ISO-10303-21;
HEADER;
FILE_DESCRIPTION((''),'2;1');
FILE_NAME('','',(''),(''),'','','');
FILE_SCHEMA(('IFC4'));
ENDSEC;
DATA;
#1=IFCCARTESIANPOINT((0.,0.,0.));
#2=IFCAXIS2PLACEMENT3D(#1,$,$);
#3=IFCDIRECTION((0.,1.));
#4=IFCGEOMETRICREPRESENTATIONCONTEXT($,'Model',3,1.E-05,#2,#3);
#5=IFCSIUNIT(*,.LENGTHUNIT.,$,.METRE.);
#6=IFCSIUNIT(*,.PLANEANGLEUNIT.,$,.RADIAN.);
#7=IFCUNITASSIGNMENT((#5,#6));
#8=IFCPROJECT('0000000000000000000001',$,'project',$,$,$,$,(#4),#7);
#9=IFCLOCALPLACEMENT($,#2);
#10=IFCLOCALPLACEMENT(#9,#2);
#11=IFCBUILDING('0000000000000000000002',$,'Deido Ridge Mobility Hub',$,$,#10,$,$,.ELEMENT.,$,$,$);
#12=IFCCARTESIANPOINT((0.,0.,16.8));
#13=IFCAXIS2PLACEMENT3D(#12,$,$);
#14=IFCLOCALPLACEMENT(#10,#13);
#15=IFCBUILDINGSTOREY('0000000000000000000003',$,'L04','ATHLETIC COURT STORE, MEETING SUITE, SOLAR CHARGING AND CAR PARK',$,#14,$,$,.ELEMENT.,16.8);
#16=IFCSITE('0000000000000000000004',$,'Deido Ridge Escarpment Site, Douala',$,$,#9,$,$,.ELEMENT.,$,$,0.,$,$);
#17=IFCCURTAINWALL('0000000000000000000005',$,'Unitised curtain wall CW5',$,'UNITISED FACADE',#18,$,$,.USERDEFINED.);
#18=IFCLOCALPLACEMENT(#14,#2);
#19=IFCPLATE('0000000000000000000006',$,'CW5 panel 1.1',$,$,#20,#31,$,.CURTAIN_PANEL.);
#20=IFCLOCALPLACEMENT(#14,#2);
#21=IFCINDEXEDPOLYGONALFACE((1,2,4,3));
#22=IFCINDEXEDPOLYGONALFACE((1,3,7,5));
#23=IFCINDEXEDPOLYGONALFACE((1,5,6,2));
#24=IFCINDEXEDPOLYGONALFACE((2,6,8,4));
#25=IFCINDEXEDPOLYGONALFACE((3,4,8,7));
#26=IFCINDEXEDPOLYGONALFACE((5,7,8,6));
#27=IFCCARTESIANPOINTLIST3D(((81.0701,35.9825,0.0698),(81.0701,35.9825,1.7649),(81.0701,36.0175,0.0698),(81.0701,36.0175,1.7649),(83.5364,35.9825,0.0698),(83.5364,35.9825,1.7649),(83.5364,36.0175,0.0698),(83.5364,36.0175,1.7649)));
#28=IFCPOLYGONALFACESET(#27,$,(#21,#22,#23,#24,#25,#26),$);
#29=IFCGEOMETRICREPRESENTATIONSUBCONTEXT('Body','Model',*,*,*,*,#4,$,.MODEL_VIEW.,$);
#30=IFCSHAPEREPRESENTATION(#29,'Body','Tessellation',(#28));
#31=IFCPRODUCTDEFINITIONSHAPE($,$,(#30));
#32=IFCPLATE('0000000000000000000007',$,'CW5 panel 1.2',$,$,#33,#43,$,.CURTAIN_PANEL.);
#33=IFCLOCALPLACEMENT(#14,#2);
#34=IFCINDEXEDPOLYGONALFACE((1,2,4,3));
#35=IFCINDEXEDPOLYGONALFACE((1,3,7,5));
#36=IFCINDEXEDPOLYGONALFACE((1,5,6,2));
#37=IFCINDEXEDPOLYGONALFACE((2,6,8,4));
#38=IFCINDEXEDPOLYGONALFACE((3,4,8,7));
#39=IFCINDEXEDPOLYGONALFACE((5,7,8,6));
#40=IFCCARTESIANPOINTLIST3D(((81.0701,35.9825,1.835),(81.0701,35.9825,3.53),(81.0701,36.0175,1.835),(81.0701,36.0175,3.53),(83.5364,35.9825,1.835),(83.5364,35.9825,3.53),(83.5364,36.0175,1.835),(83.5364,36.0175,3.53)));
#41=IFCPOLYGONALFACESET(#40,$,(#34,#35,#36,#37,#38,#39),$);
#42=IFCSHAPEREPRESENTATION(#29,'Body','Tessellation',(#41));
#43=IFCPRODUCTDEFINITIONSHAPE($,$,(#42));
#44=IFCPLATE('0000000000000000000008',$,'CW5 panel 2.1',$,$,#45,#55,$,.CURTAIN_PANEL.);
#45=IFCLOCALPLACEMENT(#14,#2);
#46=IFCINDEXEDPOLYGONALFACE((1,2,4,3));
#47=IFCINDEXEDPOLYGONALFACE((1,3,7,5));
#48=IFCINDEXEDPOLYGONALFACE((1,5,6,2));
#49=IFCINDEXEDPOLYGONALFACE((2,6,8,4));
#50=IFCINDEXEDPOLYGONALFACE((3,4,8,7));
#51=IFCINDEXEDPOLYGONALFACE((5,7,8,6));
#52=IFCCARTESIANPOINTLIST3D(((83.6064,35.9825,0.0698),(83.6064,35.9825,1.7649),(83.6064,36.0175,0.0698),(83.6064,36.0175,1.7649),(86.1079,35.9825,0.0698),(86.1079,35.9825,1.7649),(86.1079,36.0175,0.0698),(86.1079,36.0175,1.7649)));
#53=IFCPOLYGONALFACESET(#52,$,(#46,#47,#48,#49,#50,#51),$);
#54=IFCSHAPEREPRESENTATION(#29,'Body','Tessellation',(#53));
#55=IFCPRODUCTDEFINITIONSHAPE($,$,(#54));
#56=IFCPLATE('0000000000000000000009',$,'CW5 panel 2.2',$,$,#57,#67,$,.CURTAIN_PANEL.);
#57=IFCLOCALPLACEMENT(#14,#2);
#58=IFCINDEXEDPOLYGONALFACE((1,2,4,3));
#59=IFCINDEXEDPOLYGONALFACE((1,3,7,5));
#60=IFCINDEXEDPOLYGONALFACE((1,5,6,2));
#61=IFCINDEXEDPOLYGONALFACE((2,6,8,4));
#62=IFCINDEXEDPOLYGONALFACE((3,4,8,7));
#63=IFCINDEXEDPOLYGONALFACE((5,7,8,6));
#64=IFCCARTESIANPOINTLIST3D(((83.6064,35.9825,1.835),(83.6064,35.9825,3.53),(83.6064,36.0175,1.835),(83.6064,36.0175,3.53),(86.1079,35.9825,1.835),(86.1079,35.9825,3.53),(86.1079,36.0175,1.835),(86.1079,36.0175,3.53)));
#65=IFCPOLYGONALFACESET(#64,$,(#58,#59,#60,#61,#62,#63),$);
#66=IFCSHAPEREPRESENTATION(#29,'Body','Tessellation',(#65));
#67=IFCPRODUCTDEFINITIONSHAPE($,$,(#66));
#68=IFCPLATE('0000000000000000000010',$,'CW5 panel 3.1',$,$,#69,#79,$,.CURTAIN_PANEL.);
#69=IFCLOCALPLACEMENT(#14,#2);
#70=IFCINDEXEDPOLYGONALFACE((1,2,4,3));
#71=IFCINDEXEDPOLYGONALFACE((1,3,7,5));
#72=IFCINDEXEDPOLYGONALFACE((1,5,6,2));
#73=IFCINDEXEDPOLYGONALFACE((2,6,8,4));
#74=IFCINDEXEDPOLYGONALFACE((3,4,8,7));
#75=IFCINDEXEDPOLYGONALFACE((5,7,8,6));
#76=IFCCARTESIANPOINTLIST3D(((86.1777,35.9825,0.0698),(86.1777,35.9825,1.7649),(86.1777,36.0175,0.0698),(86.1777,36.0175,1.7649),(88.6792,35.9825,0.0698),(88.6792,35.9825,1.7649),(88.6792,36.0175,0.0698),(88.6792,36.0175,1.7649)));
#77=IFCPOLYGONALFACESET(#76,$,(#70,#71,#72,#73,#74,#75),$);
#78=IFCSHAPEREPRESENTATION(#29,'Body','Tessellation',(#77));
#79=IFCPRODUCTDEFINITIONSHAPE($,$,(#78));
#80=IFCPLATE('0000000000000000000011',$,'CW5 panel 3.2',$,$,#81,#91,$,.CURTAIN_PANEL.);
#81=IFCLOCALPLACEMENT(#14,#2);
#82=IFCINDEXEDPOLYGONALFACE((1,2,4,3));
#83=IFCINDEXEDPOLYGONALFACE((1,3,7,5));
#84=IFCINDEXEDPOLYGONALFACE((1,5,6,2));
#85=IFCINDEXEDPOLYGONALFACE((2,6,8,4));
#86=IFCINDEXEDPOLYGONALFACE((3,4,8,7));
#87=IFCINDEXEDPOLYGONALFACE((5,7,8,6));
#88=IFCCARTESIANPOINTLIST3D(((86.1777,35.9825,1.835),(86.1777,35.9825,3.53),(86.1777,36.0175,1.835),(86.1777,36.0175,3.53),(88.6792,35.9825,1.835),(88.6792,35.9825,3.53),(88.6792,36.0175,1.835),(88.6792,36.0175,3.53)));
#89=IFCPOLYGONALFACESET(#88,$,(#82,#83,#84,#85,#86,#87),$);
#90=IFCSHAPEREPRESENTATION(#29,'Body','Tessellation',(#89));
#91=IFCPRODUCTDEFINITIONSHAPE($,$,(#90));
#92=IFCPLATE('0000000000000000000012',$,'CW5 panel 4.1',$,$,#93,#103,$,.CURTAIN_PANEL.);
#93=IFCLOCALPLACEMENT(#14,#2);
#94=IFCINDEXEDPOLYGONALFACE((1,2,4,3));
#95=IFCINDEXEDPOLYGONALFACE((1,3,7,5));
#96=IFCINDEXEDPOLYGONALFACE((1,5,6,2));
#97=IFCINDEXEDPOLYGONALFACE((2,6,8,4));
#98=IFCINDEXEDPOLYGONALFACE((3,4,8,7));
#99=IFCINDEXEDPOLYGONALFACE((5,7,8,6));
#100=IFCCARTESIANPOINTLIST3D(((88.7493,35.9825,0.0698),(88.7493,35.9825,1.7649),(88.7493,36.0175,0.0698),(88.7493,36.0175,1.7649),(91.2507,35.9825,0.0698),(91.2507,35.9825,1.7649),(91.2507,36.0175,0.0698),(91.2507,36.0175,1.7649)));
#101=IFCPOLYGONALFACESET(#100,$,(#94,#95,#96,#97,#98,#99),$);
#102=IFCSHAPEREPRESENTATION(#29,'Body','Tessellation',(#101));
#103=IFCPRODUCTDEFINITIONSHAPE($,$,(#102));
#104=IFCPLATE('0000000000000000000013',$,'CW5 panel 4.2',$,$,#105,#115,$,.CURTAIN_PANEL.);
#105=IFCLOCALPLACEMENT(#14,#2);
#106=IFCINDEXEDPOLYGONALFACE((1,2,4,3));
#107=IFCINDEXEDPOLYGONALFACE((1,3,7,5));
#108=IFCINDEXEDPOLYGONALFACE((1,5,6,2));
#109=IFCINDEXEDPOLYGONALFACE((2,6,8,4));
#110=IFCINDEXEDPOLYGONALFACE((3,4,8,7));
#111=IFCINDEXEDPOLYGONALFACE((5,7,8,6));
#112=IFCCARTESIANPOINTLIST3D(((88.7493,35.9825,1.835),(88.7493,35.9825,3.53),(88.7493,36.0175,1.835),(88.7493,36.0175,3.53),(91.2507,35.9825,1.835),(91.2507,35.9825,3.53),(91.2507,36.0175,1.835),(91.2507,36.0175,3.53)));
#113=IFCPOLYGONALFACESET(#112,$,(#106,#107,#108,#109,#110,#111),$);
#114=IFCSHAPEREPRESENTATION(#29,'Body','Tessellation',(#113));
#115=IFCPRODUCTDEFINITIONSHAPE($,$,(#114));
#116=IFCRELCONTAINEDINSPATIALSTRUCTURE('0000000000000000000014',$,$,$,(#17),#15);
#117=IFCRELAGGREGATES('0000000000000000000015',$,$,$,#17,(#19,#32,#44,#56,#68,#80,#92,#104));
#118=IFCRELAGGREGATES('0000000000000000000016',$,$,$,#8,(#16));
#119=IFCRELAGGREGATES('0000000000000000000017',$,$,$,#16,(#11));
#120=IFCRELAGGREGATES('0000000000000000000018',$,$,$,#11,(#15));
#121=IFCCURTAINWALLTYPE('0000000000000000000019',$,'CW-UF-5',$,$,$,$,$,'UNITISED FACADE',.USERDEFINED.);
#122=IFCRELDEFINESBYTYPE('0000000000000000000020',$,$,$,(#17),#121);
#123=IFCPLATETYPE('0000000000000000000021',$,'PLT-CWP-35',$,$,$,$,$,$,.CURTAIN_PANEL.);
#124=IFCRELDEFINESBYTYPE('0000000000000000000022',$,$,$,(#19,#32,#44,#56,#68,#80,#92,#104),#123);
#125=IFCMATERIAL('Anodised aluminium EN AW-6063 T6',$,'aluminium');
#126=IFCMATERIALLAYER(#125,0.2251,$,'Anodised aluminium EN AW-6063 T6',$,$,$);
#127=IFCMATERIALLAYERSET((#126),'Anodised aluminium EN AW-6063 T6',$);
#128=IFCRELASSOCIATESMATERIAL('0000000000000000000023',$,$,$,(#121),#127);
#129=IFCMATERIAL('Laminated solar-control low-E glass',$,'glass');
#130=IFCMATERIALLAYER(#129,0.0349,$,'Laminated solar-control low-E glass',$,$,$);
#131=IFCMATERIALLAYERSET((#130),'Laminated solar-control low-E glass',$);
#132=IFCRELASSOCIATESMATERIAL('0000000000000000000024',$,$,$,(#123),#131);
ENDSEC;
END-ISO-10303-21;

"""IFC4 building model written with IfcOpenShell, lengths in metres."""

from ifc_helpers import new_model, si_unit, direction, frame, origin, origin_2d, place, context, subcontext, project, spatial, rectangle, extrude, material, layer, layer_set, type_object, element, aggregate, save


model = new_model("IFC4")

# Units and contexts
model_context = context("Model", 3, precision=1e-05, world=origin(), true_north=direction((0.0, 1.0)))
body_context = subcontext(model_context, "Body", "Model", "MODEL_VIEW")
ifc_project = project(units=[si_unit("LENGTHUNIT", "METRE"), si_unit("PLANEANGLEUNIT", "RADIAN")], contexts=[model_context])

# Site, building, storey
site_placement = place(None, origin())
site = spatial("IfcSite", under=ifc_project, at=site_placement, Name="Deido Ridge Escarpment Site, Douala", CompositionType="ELEMENT", RefElevation=0.0)
building_placement = place(site_placement, origin())
building = spatial("IfcBuilding", under=site, at=building_placement, Name="Deido Ridge Mobility Hub", CompositionType="ELEMENT")
storey_placement = place(building_placement, frame((0.0, 0.0, 16.8)))
storey = spatial("IfcBuildingStorey", under=building, at=storey_placement, Name="L04", Description="ATHLETIC COURT STORE, MEETING SUITE, SOLAR CHARGING AND CAR PARK", CompositionType="ELEMENT", Elevation=16.8)

# Curtain wall
ifc_material_1 = material(Name="Anodised aluminium EN AW-6063 T6", Category="aluminium")
ifc_layer_1 = layer(ifc_material_1, 0.2251, Name="Anodised aluminium EN AW-6063 T6")
ifc_layer_set_1 = layer_set([ifc_layer_1], Name="Anodised aluminium EN AW-6063 T6")
curtain_wall_type = type_object("IfcCurtainWallType", Name="CW-UF-5", ElementType="UNITISED FACADE", PredefinedType="USERDEFINED", material=ifc_layer_set_1)
curtain_wall_placement = place(storey_placement, origin())
curtain_wall = element("IfcCurtainWall", 1, at=curtain_wall_placement, inside=storey, type_object=curtain_wall_type, Name="Unitised curtain wall CW5", ObjectType="UNITISED FACADE", PredefinedType="USERDEFINED")

# Plates
ifc_material_2 = material(Name="Laminated solar-control low-E glass", Category="glass")
ifc_layer_2 = layer(ifc_material_2, 0.0349, Name="Laminated solar-control low-E glass")
ifc_layer_set_2 = layer_set([ifc_layer_2], Name="Laminated solar-control low-E glass")
plate_type = type_object("IfcPlateType", Name="PLT-CWP-35", PredefinedType="CURTAIN_PANEL", material=ifc_layer_set_2)
plate_1_placement = place(storey_placement, frame((82.3032, 36.0, 0.0698), z_axis=(0.0, 0.0, 1.0), x_axis=(1.0, 0.0, 0.0)))
plate_1 = element("IfcPlate", 2, at=plate_1_placement, type_object=plate_type, Name="CW5 panel 1.1", PredefinedType="CURTAIN_PANEL", context=body_context, shape_type="SweptSolid", body=[
    extrude(rectangle(XDim=2.4663, YDim=0.0349, at=origin_2d()), origin(), (0.0, 0.0, 1.0), 1.6951),
])
plate_2_placement = place(storey_placement, frame((82.3032, 36.0, 1.835), z_axis=(0.0, 0.0, 1.0), x_axis=(1.0, 0.0, 0.0)))
plate_2 = element("IfcPlate", 3, at=plate_2_placement, type_object=plate_type, Name="CW5 panel 1.2", PredefinedType="CURTAIN_PANEL", context=body_context, shape_type="SweptSolid", body=[
    extrude(rectangle(XDim=2.4663, YDim=0.0349, at=origin_2d()), origin(), (0.0, 0.0, 1.0), 1.6951),
])
plate_3_placement = place(storey_placement, frame((84.8572, 36.0, 0.0698), z_axis=(0.0, 0.0, 1.0), x_axis=(1.0, 0.0, 0.0)))
plate_3 = element("IfcPlate", 4, at=plate_3_placement, type_object=plate_type, Name="CW5 panel 2.1", PredefinedType="CURTAIN_PANEL", context=body_context, shape_type="SweptSolid", body=[
    extrude(rectangle(XDim=2.5015, YDim=0.0349, at=origin_2d()), origin(), (0.0, 0.0, 1.0), 1.6951),
])
plate_4_placement = place(storey_placement, frame((84.8572, 36.0, 1.835), z_axis=(0.0, 0.0, 1.0), x_axis=(1.0, 0.0, 0.0)))
plate_4 = element("IfcPlate", 5, at=plate_4_placement, type_object=plate_type, Name="CW5 panel 2.2", PredefinedType="CURTAIN_PANEL", context=body_context, shape_type="SweptSolid", body=[
    extrude(rectangle(XDim=2.5015, YDim=0.0349, at=origin_2d()), origin(), (0.0, 0.0, 1.0), 1.6951),
])
plate_5_placement = place(storey_placement, frame((87.4285, 36.0, 0.0698), z_axis=(0.0, 0.0, 1.0), x_axis=(1.0, 0.0, 0.0)))
plate_5 = element("IfcPlate", 6, at=plate_5_placement, type_object=plate_type, Name="CW5 panel 3.1", PredefinedType="CURTAIN_PANEL", context=body_context, shape_type="SweptSolid", body=[
    extrude(rectangle(XDim=2.5015, YDim=0.0349, at=origin_2d()), origin(), (0.0, 0.0, 1.0), 1.6951),
])
plate_6_placement = place(storey_placement, frame((87.4285, 36.0, 1.835), z_axis=(0.0, 0.0, 1.0), x_axis=(1.0, 0.0, 0.0)))
plate_6 = element("IfcPlate", 7, at=plate_6_placement, type_object=plate_type, Name="CW5 panel 3.2", PredefinedType="CURTAIN_PANEL", context=body_context, shape_type="SweptSolid", body=[
    extrude(rectangle(XDim=2.5015, YDim=0.0349, at=origin_2d()), origin(), (0.0, 0.0, 1.0), 1.6951),
])
plate_7_placement = place(storey_placement, frame((90.0, 36.0, 0.0698), z_axis=(0.0, 0.0, 1.0), x_axis=(1.0, 0.0, 0.0)))
plate_7 = element("IfcPlate", 8, at=plate_7_placement, type_object=plate_type, Name="CW5 panel 4.1", PredefinedType="CURTAIN_PANEL", context=body_context, shape_type="SweptSolid", body=[
    extrude(rectangle(XDim=2.5015, YDim=0.0349, at=origin_2d()), origin(), (0.0, 0.0, 1.0), 1.6951),
])
plate_8_placement = place(storey_placement, frame((90.0, 36.0, 1.835), z_axis=(0.0, 0.0, 1.0), x_axis=(1.0, 0.0, 0.0)))
plate_8 = element("IfcPlate", 9, at=plate_8_placement, type_object=plate_type, Name="CW5 panel 4.2", PredefinedType="CURTAIN_PANEL", context=body_context, shape_type="SweptSolid", body=[
    extrude(rectangle(XDim=2.5015, YDim=0.0349, at=origin_2d()), origin(), (0.0, 0.0, 1.0), 1.6951),
])
aggregate(curtain_wall, [plate_1, plate_2, plate_3, plate_4, plate_5, plate_6, plate_7, plate_8])

save(model, "model.ifc")
